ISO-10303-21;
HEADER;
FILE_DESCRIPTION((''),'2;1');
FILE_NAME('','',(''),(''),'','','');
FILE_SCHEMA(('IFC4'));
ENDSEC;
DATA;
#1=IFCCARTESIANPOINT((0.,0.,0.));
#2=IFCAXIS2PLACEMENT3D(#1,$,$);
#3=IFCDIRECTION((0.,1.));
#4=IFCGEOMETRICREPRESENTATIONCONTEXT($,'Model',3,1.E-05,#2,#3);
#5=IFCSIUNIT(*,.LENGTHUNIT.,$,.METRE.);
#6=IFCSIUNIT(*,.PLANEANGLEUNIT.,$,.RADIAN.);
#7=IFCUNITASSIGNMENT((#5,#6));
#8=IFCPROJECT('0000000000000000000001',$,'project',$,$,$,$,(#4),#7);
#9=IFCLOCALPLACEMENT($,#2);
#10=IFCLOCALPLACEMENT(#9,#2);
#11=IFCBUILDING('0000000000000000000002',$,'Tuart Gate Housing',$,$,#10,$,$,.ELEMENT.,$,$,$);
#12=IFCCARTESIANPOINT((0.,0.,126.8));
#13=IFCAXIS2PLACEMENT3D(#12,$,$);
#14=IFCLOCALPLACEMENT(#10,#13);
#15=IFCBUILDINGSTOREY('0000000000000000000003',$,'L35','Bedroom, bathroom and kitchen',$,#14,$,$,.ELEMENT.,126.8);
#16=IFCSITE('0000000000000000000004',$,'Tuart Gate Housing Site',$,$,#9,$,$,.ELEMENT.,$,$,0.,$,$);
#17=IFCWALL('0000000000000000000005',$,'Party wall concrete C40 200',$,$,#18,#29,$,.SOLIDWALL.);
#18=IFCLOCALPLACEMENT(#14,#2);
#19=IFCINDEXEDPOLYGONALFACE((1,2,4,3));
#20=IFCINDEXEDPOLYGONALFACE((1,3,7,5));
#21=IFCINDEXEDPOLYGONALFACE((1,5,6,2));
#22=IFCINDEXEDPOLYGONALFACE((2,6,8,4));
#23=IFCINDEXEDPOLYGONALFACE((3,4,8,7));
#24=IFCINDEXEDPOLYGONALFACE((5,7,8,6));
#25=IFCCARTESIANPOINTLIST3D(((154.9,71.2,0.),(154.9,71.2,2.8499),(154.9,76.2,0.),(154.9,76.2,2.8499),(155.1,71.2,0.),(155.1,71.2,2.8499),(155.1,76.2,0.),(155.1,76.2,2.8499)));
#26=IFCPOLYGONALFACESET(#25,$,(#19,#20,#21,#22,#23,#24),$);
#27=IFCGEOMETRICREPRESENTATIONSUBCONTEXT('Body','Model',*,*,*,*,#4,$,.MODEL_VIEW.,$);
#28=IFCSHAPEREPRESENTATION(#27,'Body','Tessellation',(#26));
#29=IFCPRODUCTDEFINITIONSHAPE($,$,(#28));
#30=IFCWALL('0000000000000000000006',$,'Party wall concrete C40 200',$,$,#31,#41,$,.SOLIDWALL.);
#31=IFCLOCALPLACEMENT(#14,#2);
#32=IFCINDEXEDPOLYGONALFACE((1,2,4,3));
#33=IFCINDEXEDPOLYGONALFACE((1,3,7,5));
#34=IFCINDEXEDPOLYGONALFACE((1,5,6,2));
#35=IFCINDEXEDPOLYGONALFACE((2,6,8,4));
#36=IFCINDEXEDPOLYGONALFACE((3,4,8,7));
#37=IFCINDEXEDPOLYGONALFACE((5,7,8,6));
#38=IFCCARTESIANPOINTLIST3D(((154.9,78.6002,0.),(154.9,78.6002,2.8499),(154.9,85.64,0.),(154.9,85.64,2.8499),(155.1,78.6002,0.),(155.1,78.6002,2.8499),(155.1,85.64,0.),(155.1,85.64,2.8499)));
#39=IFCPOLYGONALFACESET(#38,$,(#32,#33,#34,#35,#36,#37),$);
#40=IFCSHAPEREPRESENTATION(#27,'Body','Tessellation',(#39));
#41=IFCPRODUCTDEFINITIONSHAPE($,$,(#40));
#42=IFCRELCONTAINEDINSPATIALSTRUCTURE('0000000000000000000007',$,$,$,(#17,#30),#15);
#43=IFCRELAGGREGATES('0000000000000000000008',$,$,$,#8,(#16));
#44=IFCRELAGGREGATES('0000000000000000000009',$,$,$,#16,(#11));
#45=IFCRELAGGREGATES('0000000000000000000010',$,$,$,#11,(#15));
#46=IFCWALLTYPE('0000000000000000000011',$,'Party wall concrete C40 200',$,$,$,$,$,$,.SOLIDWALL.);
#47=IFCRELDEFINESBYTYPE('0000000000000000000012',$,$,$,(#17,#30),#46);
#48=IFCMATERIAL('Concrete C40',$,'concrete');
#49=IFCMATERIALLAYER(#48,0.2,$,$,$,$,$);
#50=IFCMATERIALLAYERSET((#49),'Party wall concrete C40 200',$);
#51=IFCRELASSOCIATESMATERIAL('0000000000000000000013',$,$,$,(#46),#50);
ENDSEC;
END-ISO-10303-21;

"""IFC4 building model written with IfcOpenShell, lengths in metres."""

from ifc_helpers import new_model, si_unit, direction, frame, frame_2d, origin, place, context, subcontext, project, spatial, rectangle, extrude, material, layer, layer_set, type_object, element, save


model = new_model("IFC4")

# Units and contexts
model_context = context("Model", 3, precision=1e-05, world=origin(), true_north=direction((0.0, 1.0)))
body_context = subcontext(model_context, "Body", "Model", "MODEL_VIEW")
ifc_project = project(units=[si_unit("LENGTHUNIT", "METRE"), si_unit("PLANEANGLEUNIT", "RADIAN")], contexts=[model_context])

# Site, building, storey
site_placement = place(None, origin())
site = spatial("IfcSite", under=ifc_project, at=site_placement, Name="Tuart Gate Housing Site", CompositionType="ELEMENT", RefElevation=0.0)
building_placement = place(site_placement, origin())
building = spatial("IfcBuilding", under=site, at=building_placement, Name="Tuart Gate Housing", CompositionType="ELEMENT")
storey_placement = place(building_placement, frame((0.0, 0.0, 126.8)))
storey = spatial("IfcBuildingStorey", under=building, at=storey_placement, Name="L35", Description="Bedroom, bathroom and kitchen", CompositionType="ELEMENT", Elevation=126.8)

# Walls
ifc_material_1 = material(Name="Concrete C40", Category="concrete")
ifc_layer_1 = layer(ifc_material_1, 0.2)
ifc_layer_set_1 = layer_set([ifc_layer_1], Name="Party wall concrete C40 200")
wall_type_1 = type_object("IfcWallType", Name="Party wall concrete C40 200", PredefinedType="SOLIDWALL", material=ifc_layer_set_1)
wall_1_placement = place(storey_placement, frame((155.0, 71.2, 0.0), z_axis=(0.0, 0.0, 1.0), x_axis=(0.0, 1.0, 0.0)))
element("IfcWall", 1, at=wall_1_placement, inside=storey, type_object=wall_type_1, Name="Party wall concrete C40 200", PredefinedType="SOLIDWALL", context=body_context, shape_type="SweptSolid", body=[
    extrude(rectangle(XDim=5.0, YDim=0.2, at=frame_2d((2.5, 0.0))), origin(), (0.0, 0.0, 1.0), 2.8499),
])
wall_2_placement = place(storey_placement, frame((155.0, 78.6001, 0.0), z_axis=(0.0, 0.0, 1.0), x_axis=(0.0, 1.0, 0.0)))
element("IfcWall", 2, at=wall_2_placement, inside=storey, type_object=wall_type_1, Name="Party wall concrete C40 200", PredefinedType="SOLIDWALL", context=body_context, shape_type="SweptSolid", body=[
    extrude(rectangle(XDim=7.0398, YDim=0.2, at=frame_2d((3.52, 0.0))), origin(), (0.0, 0.0, 1.0), 2.8499),
])

save(model, "model.ifc")
